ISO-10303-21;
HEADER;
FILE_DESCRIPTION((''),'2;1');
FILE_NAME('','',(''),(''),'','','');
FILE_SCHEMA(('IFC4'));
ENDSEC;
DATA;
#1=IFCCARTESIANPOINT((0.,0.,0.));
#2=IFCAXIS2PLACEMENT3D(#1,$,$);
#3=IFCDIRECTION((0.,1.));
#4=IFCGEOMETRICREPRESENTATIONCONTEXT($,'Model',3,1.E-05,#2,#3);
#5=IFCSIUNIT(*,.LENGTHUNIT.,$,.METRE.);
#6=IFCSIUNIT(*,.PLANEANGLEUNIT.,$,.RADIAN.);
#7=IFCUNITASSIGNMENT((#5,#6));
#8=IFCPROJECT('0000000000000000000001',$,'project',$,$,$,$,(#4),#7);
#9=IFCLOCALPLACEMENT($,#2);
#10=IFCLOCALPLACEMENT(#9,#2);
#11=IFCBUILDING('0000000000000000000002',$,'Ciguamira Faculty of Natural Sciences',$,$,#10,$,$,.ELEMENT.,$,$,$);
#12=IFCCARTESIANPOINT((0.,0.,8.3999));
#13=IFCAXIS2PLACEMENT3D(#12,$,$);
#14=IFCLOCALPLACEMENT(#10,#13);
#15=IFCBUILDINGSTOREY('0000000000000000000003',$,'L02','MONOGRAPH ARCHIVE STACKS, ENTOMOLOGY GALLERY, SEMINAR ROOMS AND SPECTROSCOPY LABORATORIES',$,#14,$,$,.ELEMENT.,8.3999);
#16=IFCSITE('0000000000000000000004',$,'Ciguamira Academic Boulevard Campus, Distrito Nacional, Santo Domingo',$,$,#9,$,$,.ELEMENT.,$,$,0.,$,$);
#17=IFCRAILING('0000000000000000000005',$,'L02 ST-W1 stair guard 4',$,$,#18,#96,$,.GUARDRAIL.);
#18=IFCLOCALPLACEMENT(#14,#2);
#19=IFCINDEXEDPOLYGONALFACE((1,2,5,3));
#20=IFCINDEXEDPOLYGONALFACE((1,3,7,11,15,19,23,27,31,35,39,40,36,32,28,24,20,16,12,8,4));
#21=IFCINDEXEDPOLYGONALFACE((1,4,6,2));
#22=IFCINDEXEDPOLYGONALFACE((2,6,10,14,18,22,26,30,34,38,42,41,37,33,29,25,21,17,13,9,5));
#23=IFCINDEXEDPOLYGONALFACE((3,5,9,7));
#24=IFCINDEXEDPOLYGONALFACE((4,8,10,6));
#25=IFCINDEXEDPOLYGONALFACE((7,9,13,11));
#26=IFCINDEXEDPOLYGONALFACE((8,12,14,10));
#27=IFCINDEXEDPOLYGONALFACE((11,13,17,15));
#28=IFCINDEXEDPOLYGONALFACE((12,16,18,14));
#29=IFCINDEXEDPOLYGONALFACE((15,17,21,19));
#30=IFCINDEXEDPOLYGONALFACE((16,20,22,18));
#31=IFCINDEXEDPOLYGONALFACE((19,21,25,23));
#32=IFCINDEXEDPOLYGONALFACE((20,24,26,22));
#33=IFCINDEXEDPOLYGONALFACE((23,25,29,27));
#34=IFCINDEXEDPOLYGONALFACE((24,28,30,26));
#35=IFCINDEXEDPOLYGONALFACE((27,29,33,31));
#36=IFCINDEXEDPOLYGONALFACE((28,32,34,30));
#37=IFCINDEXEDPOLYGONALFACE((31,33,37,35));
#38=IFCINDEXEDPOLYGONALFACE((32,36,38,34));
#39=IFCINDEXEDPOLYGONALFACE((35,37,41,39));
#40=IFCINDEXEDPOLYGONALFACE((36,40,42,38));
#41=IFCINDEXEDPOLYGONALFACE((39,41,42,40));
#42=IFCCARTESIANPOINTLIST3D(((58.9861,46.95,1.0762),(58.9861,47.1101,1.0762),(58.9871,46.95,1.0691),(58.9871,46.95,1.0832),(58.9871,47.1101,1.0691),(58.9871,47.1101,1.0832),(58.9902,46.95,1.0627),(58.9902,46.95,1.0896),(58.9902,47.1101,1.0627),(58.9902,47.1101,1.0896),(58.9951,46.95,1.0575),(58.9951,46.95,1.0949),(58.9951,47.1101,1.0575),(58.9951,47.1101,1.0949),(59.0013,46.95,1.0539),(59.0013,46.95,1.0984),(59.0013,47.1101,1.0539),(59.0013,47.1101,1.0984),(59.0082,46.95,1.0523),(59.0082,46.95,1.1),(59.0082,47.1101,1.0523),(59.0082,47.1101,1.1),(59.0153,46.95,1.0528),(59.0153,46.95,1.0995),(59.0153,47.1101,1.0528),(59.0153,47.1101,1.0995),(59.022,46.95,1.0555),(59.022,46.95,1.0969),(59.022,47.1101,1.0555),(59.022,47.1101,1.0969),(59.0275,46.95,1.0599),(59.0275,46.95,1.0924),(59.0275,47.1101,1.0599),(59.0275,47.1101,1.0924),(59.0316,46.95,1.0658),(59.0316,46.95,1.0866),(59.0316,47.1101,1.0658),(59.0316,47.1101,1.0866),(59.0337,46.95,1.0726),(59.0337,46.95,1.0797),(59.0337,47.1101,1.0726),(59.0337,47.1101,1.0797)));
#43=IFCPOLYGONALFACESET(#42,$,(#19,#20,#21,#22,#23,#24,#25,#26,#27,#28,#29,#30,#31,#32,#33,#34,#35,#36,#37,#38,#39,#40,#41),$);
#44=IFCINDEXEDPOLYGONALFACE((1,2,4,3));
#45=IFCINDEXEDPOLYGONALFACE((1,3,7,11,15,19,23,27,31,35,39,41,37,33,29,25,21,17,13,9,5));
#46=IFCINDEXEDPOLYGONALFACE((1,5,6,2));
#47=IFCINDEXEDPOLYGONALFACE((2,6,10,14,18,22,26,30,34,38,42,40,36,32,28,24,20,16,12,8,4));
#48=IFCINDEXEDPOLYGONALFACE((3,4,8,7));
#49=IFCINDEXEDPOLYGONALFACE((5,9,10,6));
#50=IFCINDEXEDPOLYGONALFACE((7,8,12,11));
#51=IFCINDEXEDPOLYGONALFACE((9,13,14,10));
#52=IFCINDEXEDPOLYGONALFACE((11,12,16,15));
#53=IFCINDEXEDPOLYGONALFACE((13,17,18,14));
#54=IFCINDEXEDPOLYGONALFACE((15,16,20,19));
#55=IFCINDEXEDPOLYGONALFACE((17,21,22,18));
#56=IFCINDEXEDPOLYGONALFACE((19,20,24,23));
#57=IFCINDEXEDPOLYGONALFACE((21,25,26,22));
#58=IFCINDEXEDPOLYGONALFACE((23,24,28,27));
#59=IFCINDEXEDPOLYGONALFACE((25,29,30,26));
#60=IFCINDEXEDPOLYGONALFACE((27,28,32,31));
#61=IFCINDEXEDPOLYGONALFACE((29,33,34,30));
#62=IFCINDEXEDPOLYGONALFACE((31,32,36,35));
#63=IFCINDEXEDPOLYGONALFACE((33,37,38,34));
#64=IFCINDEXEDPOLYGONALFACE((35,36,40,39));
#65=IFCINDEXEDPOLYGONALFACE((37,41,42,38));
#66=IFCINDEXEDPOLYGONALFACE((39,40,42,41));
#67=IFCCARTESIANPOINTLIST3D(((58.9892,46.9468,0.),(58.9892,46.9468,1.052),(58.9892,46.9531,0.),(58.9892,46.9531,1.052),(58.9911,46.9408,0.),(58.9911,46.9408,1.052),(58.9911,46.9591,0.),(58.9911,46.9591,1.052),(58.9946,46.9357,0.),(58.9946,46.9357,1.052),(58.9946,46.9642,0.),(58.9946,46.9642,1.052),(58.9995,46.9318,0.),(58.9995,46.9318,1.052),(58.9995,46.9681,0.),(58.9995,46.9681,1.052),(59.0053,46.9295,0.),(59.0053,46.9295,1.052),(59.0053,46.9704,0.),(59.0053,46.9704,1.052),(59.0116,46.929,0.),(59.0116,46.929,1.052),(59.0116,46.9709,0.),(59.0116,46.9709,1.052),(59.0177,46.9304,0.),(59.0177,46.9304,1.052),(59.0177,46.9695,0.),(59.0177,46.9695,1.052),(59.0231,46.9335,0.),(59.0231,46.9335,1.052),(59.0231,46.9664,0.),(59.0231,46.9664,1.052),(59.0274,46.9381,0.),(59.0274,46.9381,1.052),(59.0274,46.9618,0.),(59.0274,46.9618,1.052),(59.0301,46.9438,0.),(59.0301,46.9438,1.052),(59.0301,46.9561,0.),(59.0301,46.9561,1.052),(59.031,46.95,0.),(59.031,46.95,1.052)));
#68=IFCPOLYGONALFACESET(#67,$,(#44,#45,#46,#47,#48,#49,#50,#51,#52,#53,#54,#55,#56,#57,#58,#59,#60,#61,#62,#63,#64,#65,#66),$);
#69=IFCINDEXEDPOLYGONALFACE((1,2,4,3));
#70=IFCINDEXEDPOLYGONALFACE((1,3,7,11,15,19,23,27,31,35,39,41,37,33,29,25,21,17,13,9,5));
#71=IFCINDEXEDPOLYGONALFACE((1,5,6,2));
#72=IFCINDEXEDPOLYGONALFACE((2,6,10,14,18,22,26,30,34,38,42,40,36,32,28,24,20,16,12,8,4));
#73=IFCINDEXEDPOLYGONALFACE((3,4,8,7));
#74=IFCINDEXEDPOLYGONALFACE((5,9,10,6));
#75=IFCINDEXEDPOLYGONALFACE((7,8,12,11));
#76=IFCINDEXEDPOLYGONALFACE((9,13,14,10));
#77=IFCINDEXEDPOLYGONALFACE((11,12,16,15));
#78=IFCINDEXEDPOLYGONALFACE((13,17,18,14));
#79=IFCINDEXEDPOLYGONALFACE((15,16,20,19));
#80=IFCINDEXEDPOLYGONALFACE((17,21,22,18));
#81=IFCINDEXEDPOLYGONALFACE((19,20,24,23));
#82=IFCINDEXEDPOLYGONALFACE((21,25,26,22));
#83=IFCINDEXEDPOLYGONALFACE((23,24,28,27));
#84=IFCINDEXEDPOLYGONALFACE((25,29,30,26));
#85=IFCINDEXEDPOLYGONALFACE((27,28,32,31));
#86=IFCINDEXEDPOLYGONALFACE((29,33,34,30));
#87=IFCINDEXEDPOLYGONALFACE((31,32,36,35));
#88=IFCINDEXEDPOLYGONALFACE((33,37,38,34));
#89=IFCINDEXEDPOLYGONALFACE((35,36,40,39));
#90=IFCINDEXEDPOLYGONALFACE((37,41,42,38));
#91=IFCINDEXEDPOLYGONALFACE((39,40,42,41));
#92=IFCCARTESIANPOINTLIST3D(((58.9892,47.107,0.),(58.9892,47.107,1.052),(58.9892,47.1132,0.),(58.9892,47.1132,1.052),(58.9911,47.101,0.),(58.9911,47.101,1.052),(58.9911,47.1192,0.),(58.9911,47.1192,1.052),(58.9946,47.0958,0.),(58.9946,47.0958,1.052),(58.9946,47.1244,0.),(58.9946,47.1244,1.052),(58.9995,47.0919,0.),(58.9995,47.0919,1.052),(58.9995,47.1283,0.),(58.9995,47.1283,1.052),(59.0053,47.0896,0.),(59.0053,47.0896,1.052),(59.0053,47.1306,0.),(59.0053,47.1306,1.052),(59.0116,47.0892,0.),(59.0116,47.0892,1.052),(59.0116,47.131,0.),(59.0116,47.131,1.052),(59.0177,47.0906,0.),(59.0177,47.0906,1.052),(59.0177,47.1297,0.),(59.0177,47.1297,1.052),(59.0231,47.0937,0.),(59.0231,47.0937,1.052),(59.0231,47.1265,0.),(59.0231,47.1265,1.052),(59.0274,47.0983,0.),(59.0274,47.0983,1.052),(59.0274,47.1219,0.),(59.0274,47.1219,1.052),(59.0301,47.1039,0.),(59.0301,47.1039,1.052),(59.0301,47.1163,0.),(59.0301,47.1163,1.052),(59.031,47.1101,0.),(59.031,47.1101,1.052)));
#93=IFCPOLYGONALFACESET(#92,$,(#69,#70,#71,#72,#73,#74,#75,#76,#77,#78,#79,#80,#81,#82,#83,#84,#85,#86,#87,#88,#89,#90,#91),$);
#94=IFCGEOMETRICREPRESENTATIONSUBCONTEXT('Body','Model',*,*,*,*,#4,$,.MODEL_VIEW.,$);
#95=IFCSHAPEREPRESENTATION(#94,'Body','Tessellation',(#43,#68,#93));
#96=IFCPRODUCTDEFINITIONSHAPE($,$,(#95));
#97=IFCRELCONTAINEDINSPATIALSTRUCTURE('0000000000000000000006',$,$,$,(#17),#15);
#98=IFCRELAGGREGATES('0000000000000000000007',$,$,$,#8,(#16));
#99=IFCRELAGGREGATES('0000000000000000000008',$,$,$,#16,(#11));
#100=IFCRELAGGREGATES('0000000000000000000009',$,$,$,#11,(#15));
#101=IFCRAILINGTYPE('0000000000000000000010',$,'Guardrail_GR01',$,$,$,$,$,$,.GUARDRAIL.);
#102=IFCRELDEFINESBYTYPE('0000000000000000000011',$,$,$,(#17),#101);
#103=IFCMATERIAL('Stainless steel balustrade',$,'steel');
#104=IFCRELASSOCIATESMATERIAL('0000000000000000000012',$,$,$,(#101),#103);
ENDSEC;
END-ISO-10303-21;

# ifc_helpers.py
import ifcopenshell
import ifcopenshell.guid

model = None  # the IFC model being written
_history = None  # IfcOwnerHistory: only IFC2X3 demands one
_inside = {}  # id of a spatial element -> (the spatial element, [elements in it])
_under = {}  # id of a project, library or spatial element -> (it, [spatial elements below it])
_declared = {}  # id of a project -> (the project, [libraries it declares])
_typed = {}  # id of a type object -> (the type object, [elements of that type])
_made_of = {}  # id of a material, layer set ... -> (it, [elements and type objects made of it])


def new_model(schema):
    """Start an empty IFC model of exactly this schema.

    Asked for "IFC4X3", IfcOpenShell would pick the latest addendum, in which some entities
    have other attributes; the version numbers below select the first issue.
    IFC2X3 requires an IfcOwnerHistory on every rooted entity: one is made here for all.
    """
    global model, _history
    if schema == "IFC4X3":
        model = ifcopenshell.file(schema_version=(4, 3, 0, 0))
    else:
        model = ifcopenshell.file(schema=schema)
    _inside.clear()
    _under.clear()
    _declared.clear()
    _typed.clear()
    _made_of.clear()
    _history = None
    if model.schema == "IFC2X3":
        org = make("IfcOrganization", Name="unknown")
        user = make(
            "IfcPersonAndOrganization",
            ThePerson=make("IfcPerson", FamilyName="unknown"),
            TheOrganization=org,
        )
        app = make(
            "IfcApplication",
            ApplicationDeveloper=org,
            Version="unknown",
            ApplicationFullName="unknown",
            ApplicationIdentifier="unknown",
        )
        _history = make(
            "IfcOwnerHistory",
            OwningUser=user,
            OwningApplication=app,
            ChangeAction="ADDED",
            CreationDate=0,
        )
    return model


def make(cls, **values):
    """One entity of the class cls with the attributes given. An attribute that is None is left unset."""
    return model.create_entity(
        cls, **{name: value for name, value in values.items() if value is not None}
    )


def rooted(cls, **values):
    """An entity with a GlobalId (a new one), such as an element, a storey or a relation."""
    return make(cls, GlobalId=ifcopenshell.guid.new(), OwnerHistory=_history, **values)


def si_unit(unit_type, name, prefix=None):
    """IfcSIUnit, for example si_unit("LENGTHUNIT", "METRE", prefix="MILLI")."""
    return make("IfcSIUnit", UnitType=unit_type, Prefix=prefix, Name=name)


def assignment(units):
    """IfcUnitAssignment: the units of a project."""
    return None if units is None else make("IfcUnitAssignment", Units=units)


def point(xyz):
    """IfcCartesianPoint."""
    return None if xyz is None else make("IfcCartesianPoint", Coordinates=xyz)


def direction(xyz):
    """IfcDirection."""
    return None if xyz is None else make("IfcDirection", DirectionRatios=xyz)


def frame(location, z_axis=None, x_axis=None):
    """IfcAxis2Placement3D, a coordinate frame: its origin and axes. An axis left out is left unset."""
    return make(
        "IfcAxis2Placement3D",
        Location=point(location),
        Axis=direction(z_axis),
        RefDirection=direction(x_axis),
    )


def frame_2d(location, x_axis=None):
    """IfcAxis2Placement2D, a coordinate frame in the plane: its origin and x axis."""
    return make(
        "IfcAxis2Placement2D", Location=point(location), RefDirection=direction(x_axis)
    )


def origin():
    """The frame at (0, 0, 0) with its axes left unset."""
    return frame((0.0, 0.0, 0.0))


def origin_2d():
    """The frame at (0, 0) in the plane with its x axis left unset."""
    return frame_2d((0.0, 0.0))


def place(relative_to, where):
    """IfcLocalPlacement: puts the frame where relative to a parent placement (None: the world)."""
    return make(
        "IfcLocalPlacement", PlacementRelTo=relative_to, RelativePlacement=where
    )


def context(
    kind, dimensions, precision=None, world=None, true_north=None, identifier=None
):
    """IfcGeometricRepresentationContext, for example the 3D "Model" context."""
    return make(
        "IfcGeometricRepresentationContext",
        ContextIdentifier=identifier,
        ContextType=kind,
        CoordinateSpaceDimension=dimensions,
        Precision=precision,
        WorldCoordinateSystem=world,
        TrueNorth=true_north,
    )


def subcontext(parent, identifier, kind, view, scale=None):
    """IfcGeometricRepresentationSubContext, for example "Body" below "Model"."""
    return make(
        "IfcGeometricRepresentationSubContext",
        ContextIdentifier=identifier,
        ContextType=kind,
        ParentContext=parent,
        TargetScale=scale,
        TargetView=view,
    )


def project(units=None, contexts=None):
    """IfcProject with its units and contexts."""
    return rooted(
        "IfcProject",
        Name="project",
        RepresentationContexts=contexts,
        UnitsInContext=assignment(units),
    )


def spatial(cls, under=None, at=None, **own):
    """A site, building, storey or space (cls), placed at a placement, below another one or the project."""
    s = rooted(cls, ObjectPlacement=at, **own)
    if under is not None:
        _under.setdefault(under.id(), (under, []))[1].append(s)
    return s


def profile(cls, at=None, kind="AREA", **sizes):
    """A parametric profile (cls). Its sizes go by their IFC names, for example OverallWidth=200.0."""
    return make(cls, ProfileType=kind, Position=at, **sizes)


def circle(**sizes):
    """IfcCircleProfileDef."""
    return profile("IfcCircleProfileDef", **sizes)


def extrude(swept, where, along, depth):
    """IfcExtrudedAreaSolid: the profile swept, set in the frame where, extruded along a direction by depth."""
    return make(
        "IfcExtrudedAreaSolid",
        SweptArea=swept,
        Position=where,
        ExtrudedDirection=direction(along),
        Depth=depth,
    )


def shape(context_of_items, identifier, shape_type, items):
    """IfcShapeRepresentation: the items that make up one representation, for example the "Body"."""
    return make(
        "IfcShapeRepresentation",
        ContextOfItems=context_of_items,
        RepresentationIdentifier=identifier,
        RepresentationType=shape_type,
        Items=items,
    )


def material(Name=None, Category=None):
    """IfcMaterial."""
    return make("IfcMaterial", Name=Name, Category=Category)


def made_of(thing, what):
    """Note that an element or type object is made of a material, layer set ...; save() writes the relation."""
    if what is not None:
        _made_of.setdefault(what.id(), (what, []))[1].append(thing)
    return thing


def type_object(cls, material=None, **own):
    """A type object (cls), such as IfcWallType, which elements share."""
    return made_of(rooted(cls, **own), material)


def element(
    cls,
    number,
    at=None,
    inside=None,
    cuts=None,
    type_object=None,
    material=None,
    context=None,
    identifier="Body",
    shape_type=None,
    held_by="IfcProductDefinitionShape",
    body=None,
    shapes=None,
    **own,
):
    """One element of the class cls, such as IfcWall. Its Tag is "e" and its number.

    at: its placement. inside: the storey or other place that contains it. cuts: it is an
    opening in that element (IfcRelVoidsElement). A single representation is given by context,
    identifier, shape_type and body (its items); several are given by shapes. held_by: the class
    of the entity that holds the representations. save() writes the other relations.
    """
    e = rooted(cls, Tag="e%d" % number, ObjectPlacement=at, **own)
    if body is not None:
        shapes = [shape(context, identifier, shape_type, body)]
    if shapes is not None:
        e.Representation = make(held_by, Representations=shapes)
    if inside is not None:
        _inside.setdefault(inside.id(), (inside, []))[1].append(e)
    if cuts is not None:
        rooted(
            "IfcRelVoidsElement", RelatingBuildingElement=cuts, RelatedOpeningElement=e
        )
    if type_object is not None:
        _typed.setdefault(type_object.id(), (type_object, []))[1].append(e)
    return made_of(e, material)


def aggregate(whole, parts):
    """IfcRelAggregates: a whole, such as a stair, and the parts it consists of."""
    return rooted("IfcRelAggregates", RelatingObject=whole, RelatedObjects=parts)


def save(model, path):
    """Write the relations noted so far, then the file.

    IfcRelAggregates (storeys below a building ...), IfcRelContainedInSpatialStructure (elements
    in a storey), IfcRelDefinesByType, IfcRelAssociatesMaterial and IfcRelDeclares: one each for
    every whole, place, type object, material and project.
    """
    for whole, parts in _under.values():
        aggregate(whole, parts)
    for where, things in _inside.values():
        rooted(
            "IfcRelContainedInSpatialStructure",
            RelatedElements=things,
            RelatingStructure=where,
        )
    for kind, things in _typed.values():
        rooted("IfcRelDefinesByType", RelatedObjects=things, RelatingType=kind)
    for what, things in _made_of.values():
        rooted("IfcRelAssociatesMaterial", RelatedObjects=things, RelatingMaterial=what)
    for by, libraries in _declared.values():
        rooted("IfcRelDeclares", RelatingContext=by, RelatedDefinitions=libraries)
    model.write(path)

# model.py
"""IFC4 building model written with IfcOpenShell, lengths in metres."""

from ifc_helpers import new_model, si_unit, direction, frame, origin, origin_2d, place, context, subcontext, project, spatial, circle, extrude, material, type_object, element, save


model = new_model("IFC4")

# Units and contexts
model_context = context("Model", 3, precision=1e-05, world=origin(), true_north=direction((0.0, 1.0)))
body_context = subcontext(model_context, "Body", "Model", "MODEL_VIEW")
ifc_project = project(units=[si_unit("LENGTHUNIT", "METRE"), si_unit("PLANEANGLEUNIT", "RADIAN")], contexts=[model_context])

# Site, building, storey
site_placement = place(None, origin())
site = spatial("IfcSite", under=ifc_project, at=site_placement, Name="Ciguamira Academic Boulevard Campus, Distrito Nacional, Santo Domingo", CompositionType="ELEMENT", RefElevation=0.0)
building_placement = place(site_placement, origin())
building = spatial("IfcBuilding", under=site, at=building_placement, Name="Ciguamira Faculty of Natural Sciences", CompositionType="ELEMENT")
storey_placement = place(building_placement, frame((0.0, 0.0, 8.3999)))
storey = spatial("IfcBuildingStorey", under=building, at=storey_placement, Name="L02", Description="MONOGRAPH ARCHIVE STACKS, ENTOMOLOGY GALLERY, SEMINAR ROOMS AND SPECTROSCOPY LABORATORIES", CompositionType="ELEMENT", Elevation=8.3999)

# Railing
ifc_material_1 = material(Name="Stainless steel balustrade", Category="steel")
railing_type_1 = type_object("IfcRailingType", Name="Guardrail_GR01", PredefinedType="GUARDRAIL", material=ifc_material_1)
railing_1_placement = place(storey_placement, frame((59.01, 46.95, 0.0)))
element("IfcRailing", 1, at=railing_1_placement, inside=storey, type_object=railing_type_1, Name="L02 ST-W1 stair guard 4", PredefinedType="GUARDRAIL", context=body_context, shape_type="SweptSolid", body=[
    extrude(circle(Radius=0.0239, at=origin_2d()), frame((0.0, 0.0, 1.0762), z_axis=(0.0, 1.0, 0.0), x_axis=(-1.0, 0.0, 0.0)), (0.0, 0.0, 1.0), 0.1602),
    extrude(circle(Radius=0.021, at=origin_2d()), origin(), (0.0, 0.0, 1.0), 1.052),
    extrude(circle(Radius=0.021, at=origin_2d()), frame((0.0, 0.1602, 0.0)), (0.0, 0.0, 1.0), 1.052),
])

save(model, "model.ifc")
